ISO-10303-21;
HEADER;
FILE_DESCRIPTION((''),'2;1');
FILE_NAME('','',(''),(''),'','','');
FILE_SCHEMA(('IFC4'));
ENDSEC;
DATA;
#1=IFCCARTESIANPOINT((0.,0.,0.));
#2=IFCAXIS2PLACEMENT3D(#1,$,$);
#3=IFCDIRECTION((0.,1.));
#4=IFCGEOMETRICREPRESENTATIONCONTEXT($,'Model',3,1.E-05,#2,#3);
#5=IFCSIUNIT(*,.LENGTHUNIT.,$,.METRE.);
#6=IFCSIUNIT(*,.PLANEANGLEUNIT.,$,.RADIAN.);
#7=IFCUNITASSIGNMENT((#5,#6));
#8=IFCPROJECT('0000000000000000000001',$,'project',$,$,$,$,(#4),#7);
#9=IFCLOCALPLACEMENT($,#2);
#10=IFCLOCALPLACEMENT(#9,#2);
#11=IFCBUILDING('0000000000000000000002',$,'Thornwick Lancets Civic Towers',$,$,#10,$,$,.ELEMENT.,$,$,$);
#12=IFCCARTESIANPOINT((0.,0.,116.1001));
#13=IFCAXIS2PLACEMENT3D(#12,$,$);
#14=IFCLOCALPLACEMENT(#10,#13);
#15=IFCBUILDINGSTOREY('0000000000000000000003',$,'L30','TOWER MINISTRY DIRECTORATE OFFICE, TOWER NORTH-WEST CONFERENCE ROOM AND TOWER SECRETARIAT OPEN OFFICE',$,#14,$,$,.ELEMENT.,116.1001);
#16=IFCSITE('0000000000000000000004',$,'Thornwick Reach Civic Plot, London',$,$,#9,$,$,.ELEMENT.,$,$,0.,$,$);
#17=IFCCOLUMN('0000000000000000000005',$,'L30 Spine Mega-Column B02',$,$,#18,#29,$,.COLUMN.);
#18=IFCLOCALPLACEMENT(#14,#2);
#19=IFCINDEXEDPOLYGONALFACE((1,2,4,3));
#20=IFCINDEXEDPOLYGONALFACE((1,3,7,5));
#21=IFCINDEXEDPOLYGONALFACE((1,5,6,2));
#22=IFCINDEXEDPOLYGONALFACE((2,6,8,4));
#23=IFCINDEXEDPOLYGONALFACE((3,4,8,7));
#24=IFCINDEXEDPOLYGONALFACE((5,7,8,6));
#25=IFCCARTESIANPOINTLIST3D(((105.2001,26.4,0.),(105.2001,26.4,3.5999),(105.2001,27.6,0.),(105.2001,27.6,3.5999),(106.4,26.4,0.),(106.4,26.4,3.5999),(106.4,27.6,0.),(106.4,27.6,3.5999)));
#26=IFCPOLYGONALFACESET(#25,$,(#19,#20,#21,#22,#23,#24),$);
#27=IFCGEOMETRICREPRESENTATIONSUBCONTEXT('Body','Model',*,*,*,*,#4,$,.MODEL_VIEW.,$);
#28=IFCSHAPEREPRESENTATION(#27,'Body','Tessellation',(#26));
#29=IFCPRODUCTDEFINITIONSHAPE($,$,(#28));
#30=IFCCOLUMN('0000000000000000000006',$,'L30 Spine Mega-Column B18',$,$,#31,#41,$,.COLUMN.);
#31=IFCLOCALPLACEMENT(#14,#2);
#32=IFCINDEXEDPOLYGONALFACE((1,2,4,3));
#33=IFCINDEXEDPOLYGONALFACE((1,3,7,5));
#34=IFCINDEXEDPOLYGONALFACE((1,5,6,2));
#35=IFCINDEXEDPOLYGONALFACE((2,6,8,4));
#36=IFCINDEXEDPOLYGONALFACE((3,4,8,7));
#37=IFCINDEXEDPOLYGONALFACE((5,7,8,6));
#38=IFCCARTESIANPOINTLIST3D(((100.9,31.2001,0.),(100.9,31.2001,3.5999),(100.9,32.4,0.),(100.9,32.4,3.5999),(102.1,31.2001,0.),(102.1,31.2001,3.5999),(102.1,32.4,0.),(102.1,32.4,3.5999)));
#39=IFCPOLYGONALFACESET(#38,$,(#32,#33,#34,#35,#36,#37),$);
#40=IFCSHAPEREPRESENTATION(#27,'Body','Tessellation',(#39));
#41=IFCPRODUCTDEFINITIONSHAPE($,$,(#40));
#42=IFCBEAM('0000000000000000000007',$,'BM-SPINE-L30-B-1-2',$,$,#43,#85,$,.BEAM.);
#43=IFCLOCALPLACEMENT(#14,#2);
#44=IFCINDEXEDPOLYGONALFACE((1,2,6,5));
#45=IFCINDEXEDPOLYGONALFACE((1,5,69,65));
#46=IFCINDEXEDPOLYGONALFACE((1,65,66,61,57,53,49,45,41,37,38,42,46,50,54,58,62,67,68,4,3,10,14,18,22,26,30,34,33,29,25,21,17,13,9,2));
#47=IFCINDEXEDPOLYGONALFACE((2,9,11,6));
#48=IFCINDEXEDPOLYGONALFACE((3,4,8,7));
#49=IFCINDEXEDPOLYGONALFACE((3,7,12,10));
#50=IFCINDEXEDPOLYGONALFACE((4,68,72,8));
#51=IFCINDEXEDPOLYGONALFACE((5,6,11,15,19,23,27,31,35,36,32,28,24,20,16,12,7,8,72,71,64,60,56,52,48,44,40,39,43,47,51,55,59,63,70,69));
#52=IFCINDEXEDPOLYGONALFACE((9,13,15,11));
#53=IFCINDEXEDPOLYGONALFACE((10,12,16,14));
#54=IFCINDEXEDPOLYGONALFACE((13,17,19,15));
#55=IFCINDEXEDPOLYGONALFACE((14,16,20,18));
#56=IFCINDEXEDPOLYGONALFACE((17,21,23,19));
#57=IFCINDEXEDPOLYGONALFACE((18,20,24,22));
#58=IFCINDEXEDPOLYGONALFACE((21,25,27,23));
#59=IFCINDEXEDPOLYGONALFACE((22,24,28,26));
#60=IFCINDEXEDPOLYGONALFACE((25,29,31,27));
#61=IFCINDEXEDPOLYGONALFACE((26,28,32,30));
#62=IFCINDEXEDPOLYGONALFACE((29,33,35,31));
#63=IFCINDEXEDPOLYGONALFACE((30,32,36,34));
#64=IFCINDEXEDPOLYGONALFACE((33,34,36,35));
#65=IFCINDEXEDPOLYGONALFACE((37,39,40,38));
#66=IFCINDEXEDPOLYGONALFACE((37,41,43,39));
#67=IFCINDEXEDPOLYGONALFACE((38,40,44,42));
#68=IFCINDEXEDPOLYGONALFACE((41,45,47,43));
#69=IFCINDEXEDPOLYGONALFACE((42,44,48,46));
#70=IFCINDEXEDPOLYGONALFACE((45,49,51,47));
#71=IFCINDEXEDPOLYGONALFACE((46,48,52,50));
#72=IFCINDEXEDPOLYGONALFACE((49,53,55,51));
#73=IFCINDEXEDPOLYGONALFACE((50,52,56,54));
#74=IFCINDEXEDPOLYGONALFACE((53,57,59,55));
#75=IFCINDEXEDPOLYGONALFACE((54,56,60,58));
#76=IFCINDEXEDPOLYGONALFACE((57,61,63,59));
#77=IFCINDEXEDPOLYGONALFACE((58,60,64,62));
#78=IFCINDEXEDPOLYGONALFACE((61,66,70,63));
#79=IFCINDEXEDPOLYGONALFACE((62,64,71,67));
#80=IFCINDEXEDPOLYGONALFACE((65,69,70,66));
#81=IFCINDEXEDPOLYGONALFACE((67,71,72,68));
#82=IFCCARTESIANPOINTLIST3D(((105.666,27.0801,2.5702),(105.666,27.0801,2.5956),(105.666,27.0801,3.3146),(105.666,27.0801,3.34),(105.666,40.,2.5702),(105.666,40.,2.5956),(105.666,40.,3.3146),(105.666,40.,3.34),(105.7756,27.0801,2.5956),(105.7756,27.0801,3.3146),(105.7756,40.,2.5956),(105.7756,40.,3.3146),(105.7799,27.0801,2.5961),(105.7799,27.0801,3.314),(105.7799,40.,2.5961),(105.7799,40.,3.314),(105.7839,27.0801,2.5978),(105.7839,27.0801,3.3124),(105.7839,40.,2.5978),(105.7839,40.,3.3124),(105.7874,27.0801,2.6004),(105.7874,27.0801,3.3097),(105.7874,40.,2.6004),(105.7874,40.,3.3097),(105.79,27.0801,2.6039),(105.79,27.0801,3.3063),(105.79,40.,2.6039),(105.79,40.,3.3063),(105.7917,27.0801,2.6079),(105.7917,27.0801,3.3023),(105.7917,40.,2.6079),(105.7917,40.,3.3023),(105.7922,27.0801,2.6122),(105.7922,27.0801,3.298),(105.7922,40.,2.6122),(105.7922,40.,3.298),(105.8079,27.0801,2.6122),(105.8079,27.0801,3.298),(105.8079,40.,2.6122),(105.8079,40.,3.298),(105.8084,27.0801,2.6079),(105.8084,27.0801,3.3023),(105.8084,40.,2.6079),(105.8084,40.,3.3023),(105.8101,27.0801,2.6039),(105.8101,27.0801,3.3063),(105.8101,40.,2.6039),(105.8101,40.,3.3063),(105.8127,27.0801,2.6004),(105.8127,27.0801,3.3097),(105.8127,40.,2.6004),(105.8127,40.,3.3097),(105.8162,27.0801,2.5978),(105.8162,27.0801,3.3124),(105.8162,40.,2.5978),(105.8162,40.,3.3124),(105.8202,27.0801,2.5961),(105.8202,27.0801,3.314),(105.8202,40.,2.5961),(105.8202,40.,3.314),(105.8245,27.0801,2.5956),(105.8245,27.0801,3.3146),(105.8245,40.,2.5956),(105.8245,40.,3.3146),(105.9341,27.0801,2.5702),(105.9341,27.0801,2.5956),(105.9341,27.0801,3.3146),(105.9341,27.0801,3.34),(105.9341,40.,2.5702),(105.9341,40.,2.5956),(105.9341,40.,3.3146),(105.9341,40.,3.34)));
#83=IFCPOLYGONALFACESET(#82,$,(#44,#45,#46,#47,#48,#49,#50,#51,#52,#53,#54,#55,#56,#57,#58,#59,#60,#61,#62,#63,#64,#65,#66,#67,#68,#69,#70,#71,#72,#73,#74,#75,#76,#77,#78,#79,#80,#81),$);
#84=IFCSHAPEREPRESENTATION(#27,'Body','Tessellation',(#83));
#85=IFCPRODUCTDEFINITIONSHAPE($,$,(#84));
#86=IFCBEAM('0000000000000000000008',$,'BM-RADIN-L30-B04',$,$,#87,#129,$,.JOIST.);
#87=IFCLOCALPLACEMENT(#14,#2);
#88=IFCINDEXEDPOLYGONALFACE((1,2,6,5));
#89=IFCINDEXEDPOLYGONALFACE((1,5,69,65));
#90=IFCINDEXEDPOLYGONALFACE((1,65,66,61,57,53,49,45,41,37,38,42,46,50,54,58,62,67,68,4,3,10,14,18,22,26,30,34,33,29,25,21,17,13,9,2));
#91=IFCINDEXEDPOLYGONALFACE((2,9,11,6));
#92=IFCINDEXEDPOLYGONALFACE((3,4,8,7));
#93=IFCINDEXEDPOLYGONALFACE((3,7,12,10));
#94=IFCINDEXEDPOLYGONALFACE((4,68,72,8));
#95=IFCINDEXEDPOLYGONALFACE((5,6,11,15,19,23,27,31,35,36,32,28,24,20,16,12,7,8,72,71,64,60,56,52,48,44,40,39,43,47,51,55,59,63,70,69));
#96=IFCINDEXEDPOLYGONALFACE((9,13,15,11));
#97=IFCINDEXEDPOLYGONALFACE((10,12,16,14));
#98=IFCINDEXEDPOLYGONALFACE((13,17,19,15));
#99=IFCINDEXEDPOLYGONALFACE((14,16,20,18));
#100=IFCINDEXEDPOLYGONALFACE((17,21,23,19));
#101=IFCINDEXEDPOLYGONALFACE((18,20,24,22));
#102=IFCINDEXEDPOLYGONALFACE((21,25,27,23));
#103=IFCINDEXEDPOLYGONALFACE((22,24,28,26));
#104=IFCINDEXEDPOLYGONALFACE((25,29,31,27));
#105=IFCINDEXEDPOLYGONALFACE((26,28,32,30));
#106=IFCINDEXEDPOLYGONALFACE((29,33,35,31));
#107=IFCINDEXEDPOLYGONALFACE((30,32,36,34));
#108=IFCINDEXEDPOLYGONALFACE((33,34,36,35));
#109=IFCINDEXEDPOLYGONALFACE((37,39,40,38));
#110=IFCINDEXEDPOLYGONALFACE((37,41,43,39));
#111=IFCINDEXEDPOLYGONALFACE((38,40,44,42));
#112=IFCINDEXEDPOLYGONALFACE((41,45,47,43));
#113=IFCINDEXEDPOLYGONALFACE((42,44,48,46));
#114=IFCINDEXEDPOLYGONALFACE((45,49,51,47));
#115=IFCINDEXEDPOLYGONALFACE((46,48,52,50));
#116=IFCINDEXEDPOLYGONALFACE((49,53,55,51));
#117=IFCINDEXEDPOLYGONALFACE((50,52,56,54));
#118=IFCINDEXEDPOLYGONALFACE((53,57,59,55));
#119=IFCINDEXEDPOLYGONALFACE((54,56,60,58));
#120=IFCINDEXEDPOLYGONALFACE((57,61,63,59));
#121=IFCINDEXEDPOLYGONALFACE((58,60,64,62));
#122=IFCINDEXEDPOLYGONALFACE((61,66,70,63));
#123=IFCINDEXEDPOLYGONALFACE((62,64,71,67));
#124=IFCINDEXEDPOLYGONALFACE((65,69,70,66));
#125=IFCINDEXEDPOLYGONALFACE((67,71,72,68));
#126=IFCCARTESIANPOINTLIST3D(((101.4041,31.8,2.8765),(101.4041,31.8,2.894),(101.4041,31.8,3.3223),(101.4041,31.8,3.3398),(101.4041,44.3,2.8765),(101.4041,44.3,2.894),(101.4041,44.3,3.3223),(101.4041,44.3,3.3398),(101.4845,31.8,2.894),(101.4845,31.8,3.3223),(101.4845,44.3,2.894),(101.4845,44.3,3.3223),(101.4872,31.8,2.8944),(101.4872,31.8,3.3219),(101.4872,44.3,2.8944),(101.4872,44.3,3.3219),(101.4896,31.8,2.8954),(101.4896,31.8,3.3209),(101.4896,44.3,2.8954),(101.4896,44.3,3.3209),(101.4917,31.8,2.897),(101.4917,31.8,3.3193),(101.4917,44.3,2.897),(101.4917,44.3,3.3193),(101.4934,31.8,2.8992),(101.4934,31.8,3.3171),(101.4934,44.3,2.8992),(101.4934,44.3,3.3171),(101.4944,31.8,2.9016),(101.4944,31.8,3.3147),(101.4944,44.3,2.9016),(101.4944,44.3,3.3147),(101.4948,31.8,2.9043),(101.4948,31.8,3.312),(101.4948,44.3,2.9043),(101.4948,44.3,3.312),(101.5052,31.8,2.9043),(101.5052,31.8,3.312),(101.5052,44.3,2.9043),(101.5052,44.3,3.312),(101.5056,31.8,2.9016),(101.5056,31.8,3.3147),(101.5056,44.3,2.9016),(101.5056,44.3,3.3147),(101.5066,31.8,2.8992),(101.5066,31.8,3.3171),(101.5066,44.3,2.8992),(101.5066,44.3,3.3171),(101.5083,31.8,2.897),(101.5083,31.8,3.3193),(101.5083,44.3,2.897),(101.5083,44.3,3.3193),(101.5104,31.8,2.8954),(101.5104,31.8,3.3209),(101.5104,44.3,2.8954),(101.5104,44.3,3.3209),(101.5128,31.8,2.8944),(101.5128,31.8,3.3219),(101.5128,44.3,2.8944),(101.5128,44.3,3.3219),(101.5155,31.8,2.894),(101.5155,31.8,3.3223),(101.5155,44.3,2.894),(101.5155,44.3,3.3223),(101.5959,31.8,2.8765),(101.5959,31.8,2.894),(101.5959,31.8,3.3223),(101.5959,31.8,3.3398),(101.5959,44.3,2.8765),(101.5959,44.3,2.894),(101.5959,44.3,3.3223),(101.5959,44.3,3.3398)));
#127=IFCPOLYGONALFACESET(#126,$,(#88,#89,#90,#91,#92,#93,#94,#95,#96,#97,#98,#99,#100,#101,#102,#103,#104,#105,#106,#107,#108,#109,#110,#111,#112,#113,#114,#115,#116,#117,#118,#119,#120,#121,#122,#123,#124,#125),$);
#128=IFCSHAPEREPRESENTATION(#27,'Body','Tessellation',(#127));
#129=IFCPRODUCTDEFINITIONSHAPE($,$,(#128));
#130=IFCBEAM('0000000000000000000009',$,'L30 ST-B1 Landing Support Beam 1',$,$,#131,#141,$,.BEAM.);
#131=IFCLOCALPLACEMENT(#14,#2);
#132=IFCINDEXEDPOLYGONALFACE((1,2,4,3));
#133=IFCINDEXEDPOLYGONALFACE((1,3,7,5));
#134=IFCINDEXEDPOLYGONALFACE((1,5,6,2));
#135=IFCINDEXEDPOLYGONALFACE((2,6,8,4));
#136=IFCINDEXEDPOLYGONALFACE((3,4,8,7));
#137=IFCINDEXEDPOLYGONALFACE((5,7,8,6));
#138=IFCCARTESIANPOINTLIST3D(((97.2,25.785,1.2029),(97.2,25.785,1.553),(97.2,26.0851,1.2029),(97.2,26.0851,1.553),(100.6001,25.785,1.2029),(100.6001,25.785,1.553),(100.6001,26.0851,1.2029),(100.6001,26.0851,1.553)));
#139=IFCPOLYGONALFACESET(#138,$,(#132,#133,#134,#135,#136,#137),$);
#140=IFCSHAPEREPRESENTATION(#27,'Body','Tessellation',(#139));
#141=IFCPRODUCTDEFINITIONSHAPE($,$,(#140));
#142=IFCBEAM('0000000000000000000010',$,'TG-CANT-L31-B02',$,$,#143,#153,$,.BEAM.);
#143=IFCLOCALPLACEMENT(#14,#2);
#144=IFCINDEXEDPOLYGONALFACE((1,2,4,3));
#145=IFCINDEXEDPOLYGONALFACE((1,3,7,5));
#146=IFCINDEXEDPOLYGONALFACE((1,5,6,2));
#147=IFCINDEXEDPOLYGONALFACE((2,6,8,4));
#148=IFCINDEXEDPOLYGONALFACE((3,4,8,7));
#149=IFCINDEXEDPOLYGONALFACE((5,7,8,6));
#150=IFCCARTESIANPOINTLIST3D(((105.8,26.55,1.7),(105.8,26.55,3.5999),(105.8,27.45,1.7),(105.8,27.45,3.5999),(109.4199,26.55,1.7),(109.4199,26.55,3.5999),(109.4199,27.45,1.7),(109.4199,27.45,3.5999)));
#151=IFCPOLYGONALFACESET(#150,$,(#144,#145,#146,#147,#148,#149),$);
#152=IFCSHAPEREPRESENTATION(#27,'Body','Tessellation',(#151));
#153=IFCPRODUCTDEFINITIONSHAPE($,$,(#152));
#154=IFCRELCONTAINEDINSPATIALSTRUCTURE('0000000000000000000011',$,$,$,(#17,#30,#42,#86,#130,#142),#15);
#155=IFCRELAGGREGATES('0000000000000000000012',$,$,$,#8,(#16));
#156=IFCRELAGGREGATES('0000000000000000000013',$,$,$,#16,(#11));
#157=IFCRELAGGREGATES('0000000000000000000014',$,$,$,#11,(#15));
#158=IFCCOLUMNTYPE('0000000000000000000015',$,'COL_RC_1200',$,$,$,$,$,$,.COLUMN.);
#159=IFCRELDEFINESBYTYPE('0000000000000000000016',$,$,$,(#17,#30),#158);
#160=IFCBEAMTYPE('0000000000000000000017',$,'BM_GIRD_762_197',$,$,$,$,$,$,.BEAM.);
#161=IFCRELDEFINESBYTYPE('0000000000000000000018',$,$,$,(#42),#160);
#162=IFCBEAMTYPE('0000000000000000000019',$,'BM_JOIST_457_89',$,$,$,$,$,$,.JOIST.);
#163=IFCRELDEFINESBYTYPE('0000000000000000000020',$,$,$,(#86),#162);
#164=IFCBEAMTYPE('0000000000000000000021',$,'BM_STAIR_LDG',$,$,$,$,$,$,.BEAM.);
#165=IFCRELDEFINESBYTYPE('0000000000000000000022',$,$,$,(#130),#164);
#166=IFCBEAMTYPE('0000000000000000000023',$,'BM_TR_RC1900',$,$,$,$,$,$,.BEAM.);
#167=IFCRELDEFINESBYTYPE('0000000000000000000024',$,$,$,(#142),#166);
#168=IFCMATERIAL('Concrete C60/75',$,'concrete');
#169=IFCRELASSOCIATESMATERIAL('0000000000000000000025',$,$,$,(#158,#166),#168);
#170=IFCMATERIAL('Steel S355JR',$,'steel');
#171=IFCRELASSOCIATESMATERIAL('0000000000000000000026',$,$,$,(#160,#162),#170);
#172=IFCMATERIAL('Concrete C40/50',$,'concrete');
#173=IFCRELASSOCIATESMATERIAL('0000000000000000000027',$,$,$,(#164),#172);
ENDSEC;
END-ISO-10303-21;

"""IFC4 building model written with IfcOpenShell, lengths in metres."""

from ifc_helpers import new_model, si_unit, direction, frame, origin, origin_2d, place, context, subcontext, project, spatial, rectangle, i_section, extrude, material, material_profile, profile_set, type_object, element, save


model = new_model("IFC4")

# Units and contexts
model_context = context("Model", 3, precision=1e-05, world=origin(), true_north=direction((0.0, 1.0)))
body_context = subcontext(model_context, "Body", "Model", "MODEL_VIEW")
ifc_project = project(units=[si_unit("LENGTHUNIT", "METRE"), si_unit("PLANEANGLEUNIT", "RADIAN")], contexts=[model_context])

# Site, building, storey
site_placement = place(None, origin())
site = spatial("IfcSite", under=ifc_project, at=site_placement, Name="Thornwick Reach Civic Plot, London", CompositionType="ELEMENT", RefElevation=0.0)
building_placement = place(site_placement, origin())
building = spatial("IfcBuilding", under=site, at=building_placement, Name="Thornwick Lancets Civic Towers", CompositionType="ELEMENT")
storey_placement = place(building_placement, frame((0.0, 0.0, 116.1001)))
storey = spatial("IfcBuildingStorey", under=building, at=storey_placement, Name="L30", Description="TOWER MINISTRY DIRECTORATE OFFICE, TOWER NORTH-WEST CONFERENCE ROOM AND TOWER SECRETARIAT OPEN OFFICE", CompositionType="ELEMENT", Elevation=116.1001)

# Columns
ifc_material_1 = material(Name="Concrete C60/75", Category="concrete")
ifc_material_profile_1 = material_profile(ifc_material_1, rectangle(XDim=1.2, YDim=1.2, at=origin_2d()), Name="RC 1200x1200")
ifc_profile_set_1 = profile_set([ifc_material_profile_1], Name="Concrete C60/75")
column_type = type_object("IfcColumnType", Name="COL_RC_1200", PredefinedType="COLUMN", material=ifc_profile_set_1)
for number, where, z_axis, x_axis, name in (
    (1, (105.8, 27.0, 0.0), (0.0, 0.0, 1.0), (1.0, 0.0, 0.0), "L30 Spine Mega-Column B02"),
    (2, (101.5, 31.8, 0.0), (0.0, 0.0, 1.0), (1.0, 0.0, 0.0), "L30 Spine Mega-Column B18"),
):
    element("IfcColumn", number, at=place(storey_placement, frame(where, z_axis=z_axis, x_axis=x_axis)), inside=storey, type_object=column_type, Name=name, PredefinedType="COLUMN", context=body_context, shape_type="SweptSolid", body=[
        extrude(rectangle(XDim=1.2, YDim=1.2, at=origin_2d()), origin(), (0.0, 0.0, 1.0), 3.5999),
    ])

# Beams
ifc_material_2 = material(Name="Steel S355JR", Category="steel")
ifc_material_profile_2 = material_profile(ifc_material_2, i_section(OverallWidth=0.2681, OverallDepth=0.7698, WebThickness=0.0156, FlangeThickness=0.0254, FilletRadius=0.0166, at=origin_2d()), Name="UKB 762x267x197")
ifc_profile_set_2 = profile_set([ifc_material_profile_2], Name="Steel S355JR")
beam_type_1 = type_object("IfcBeamType", Name="BM_GIRD_762_197", PredefinedType="BEAM", material=ifc_profile_set_2)
beam_1_placement = place(storey_placement, frame((105.8, 27.0801, 2.9551), z_axis=(0.0, 1.0, 0.0), x_axis=(-1.0, 0.0, 0.0)))
element("IfcBeam", 3, at=beam_1_placement, inside=storey, type_object=beam_type_1, Name="BM-SPINE-L30-B-1-2", PredefinedType="BEAM", context=body_context, shape_type="SweptSolid", body=[
    extrude(i_section(OverallWidth=0.2681, OverallDepth=0.7698, WebThickness=0.0156, FlangeThickness=0.0254, FilletRadius=0.0166, at=origin_2d()), origin(), (0.0, 0.0, 1.0), 12.9199),
])
ifc_material_profile_3 = material_profile(ifc_material_2, i_section(OverallWidth=0.1919, OverallDepth=0.4634, WebThickness=0.0105, FlangeThickness=0.0176, FilletRadius=0.0103, at=origin_2d()), Name="UKB 457x191x89")
ifc_profile_set_3 = profile_set([ifc_material_profile_3], Name="Steel S355JR")
beam_type_2 = type_object("IfcBeamType", Name="BM_JOIST_457_89", PredefinedType="JOIST", material=ifc_profile_set_3)
beam_2_placement = place(storey_placement, frame((101.5, 31.8, 3.1082), z_axis=(0.0, 1.0, 0.0), x_axis=(-1.0, 0.0, 0.0)))
element("IfcBeam", 4, at=beam_2_placement, inside=storey, type_object=beam_type_2, Name="BM-RADIN-L30-B04", PredefinedType="JOIST", context=body_context, shape_type="SweptSolid", body=[
    extrude(i_section(OverallWidth=0.1919, OverallDepth=0.4634, WebThickness=0.0105, FlangeThickness=0.0176, FilletRadius=0.0103, at=origin_2d()), origin(), (0.0, 0.0, 1.0), 12.5),
])
ifc_material_3 = material(Name="Concrete C40/50", Category="concrete")
ifc_material_profile_4 = material_profile(ifc_material_3, rectangle(XDim=0.3, YDim=0.3501, at=origin_2d()), Name="RC 300x350")
ifc_profile_set_4 = profile_set([ifc_material_profile_4], Name="Concrete C40/50")
beam_type_3 = type_object("IfcBeamType", Name="BM_STAIR_LDG", PredefinedType="BEAM", material=ifc_profile_set_4)
beam_3_placement = place(storey_placement, frame((100.6001, 25.9351, 1.3779), z_axis=(-1.0, 0.0, 0.0), x_axis=(0.0, -1.0, 0.0)))
element("IfcBeam", 5, at=beam_3_placement, inside=storey, type_object=beam_type_3, Name="L30 ST-B1 Landing Support Beam 1", PredefinedType="BEAM", context=body_context, shape_type="SweptSolid", body=[
    extrude(rectangle(XDim=0.3, YDim=0.3501, at=origin_2d()), origin(), (0.0, 0.0, 1.0), 3.4001),
])
ifc_material_profile_5 = material_profile(ifc_material_1, rectangle(XDim=0.8999, YDim=1.8999, at=origin_2d()), Name="RC 900x1900")
ifc_profile_set_5 = profile_set([ifc_material_profile_5], Name="Concrete C60/75")
beam_type_4 = type_object("IfcBeamType", Name="BM_TR_RC1900", PredefinedType="BEAM", material=ifc_profile_set_5)
beam_4_placement = place(storey_placement, frame((105.8, 27.0, 2.6499), z_axis=(1.0, 0.0, 0.0), x_axis=(0.0, 1.0, 0.0)))
element("IfcBeam", 6, at=beam_4_placement, inside=storey, type_object=beam_type_4, Name="TG-CANT-L31-B02", PredefinedType="BEAM", context=body_context, shape_type="SweptSolid", body=[
    extrude(rectangle(XDim=0.8999, YDim=1.8999, at=origin_2d()), origin(), (0.0, 0.0, 1.0), 3.6199),
])

save(model, "model.ifc")
